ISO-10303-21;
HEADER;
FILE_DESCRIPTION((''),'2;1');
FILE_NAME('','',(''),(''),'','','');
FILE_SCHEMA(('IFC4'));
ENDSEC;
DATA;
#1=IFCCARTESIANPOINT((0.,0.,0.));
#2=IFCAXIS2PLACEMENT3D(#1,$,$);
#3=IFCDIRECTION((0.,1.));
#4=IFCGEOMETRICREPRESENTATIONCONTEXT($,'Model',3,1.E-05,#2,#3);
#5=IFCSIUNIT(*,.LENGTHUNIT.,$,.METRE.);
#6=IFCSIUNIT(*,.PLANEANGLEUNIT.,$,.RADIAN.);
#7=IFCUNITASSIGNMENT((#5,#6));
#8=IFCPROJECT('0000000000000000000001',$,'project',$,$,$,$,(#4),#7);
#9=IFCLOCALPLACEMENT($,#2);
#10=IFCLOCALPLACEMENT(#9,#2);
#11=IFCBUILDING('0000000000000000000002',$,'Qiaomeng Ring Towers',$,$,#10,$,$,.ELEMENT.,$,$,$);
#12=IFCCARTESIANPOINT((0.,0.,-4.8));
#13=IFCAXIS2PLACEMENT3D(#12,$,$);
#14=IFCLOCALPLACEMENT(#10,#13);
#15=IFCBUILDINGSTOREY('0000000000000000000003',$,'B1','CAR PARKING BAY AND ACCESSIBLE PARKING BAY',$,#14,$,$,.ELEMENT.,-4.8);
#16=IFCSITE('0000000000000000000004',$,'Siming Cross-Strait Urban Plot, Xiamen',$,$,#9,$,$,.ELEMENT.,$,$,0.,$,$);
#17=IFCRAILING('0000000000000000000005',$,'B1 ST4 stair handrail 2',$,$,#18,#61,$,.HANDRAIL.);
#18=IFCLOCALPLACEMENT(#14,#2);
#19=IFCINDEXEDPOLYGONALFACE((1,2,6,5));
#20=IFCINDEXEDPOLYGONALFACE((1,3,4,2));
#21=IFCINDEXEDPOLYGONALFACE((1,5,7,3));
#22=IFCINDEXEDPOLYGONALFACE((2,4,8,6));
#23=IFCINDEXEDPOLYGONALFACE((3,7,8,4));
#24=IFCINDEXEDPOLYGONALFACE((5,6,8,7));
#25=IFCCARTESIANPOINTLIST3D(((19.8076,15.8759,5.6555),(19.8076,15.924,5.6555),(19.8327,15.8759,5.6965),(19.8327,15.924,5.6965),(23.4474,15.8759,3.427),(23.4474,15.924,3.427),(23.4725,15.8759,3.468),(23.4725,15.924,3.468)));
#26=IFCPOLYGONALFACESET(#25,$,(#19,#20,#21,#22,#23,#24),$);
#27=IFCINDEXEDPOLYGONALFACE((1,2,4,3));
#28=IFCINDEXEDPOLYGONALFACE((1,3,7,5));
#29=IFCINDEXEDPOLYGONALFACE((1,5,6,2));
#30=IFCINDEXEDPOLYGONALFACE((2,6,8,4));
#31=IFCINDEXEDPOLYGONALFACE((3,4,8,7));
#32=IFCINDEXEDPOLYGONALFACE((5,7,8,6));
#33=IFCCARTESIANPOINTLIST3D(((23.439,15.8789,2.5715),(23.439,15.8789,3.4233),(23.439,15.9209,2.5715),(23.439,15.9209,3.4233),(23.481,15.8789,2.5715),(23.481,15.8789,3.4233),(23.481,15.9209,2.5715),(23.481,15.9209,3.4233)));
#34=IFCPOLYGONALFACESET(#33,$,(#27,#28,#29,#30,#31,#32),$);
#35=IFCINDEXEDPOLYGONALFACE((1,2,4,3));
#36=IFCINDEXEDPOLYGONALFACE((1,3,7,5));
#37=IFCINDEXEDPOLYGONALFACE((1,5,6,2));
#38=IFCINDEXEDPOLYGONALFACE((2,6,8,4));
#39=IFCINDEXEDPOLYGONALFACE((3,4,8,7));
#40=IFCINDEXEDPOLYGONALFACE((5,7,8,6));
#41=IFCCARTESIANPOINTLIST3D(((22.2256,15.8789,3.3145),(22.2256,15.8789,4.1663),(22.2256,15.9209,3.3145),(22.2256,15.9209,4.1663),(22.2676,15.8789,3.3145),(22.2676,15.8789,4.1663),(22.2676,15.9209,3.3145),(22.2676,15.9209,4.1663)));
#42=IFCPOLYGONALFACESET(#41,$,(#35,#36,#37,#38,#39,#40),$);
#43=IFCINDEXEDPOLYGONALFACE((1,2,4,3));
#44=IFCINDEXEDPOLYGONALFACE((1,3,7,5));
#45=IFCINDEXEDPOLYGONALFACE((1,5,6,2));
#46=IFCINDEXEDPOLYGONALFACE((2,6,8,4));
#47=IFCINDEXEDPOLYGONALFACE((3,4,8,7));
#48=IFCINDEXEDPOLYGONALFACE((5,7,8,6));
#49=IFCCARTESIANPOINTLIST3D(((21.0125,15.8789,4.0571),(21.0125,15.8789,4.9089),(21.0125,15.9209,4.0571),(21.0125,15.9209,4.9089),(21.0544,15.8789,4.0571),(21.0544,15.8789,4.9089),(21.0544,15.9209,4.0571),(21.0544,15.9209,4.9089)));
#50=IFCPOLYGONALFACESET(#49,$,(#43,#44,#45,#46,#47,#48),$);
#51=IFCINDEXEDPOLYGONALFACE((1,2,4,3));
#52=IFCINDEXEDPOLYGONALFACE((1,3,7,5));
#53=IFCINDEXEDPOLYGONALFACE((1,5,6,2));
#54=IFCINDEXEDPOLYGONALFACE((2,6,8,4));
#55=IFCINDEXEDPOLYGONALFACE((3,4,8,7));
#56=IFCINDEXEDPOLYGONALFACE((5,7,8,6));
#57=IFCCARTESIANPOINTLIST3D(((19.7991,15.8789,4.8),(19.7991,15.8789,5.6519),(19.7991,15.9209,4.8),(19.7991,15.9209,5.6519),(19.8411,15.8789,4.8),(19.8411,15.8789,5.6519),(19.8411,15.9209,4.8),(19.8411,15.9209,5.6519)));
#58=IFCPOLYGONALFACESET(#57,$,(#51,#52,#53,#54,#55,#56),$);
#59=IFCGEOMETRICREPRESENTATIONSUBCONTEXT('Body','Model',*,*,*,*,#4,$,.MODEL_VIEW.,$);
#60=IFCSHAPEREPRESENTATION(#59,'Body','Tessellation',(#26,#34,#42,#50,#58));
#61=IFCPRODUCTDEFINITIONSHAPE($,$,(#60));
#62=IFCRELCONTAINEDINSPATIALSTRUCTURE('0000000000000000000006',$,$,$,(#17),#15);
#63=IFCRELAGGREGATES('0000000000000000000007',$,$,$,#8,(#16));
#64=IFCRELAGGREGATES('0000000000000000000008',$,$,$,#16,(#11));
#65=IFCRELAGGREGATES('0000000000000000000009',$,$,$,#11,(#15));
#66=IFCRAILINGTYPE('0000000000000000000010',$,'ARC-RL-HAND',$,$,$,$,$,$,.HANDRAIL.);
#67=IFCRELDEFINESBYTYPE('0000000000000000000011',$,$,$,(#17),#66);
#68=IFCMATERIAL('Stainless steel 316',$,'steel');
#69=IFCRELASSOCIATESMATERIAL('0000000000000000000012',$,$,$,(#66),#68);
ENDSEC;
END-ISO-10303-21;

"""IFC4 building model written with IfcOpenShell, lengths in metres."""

from ifc_helpers import new_model, si_unit, direction, frame, origin, origin_2d, place, context, subcontext, project, spatial, rectangle, extrude, material, type_object, element, save


model = new_model("IFC4")

# Units and contexts
model_context = context("Model", 3, precision=1e-05, world=origin(), true_north=direction((0.0, 1.0)))
body_context = subcontext(model_context, "Body", "Model", "MODEL_VIEW")
ifc_project = project(units=[si_unit("LENGTHUNIT", "METRE"), si_unit("PLANEANGLEUNIT", "RADIAN")], contexts=[model_context])

# Site, building, storey
site_placement = place(None, origin())
site = spatial("IfcSite", under=ifc_project, at=site_placement, Name="Siming Cross-Strait Urban Plot, Xiamen", CompositionType="ELEMENT", RefElevation=0.0)
building_placement = place(site_placement, origin())
building = spatial("IfcBuilding", under=site, at=building_placement, Name="Qiaomeng Ring Towers", CompositionType="ELEMENT")
storey_placement = place(building_placement, frame((0.0, 0.0, -4.8)))
storey = spatial("IfcBuildingStorey", under=building, at=storey_placement, Name="B1", Description="CAR PARKING BAY AND ACCESSIBLE PARKING BAY", CompositionType="ELEMENT", Elevation=-4.8)

# Railing
ifc_material_1 = material(Name="Stainless steel 316", Category="steel")
railing_type_1 = type_object("IfcRailingType", Name="ARC-RL-HAND", PredefinedType="HANDRAIL", material=ifc_material_1)
railing_1_placement = place(storey_placement, frame((23.46, 15.8999, 2.5715)))
element("IfcRailing", 1, at=railing_1_placement, inside=storey, type_object=railing_type_1, Name="B1 ST4 stair handrail 2", PredefinedType="HANDRAIL", context=body_context, shape_type="SweptSolid", body=[
    extrude(rectangle(XDim=0.0481, YDim=0.0481, at=origin_2d()), frame((0.0, 0.0, 0.876), z_axis=(-0.85285, 0.0, 0.522156), x_axis=(0.0, -1.0, 0.0)), (0.0, 0.0, 1.0), 4.2678),
    extrude(rectangle(XDim=0.042, YDim=0.042, at=origin_2d()), origin(), (0.0, 0.0, 1.0), 0.8518),
    extrude(rectangle(XDim=0.042, YDim=0.042, at=origin_2d()), frame((-1.2134, 0.0, 0.7429)), (0.0, 0.0, 1.0), 0.8518),
    extrude(rectangle(XDim=0.042, YDim=0.042, at=origin_2d()), frame((-2.4265, 0.0, 1.4856)), (0.0, 0.0, 1.0), 0.8518),
    extrude(rectangle(XDim=0.042, YDim=0.042, at=origin_2d()), frame((-3.6399, 0.0, 2.2285)), (0.0, 0.0, 1.0), 0.8518),
])

save(model, "model.ifc")
